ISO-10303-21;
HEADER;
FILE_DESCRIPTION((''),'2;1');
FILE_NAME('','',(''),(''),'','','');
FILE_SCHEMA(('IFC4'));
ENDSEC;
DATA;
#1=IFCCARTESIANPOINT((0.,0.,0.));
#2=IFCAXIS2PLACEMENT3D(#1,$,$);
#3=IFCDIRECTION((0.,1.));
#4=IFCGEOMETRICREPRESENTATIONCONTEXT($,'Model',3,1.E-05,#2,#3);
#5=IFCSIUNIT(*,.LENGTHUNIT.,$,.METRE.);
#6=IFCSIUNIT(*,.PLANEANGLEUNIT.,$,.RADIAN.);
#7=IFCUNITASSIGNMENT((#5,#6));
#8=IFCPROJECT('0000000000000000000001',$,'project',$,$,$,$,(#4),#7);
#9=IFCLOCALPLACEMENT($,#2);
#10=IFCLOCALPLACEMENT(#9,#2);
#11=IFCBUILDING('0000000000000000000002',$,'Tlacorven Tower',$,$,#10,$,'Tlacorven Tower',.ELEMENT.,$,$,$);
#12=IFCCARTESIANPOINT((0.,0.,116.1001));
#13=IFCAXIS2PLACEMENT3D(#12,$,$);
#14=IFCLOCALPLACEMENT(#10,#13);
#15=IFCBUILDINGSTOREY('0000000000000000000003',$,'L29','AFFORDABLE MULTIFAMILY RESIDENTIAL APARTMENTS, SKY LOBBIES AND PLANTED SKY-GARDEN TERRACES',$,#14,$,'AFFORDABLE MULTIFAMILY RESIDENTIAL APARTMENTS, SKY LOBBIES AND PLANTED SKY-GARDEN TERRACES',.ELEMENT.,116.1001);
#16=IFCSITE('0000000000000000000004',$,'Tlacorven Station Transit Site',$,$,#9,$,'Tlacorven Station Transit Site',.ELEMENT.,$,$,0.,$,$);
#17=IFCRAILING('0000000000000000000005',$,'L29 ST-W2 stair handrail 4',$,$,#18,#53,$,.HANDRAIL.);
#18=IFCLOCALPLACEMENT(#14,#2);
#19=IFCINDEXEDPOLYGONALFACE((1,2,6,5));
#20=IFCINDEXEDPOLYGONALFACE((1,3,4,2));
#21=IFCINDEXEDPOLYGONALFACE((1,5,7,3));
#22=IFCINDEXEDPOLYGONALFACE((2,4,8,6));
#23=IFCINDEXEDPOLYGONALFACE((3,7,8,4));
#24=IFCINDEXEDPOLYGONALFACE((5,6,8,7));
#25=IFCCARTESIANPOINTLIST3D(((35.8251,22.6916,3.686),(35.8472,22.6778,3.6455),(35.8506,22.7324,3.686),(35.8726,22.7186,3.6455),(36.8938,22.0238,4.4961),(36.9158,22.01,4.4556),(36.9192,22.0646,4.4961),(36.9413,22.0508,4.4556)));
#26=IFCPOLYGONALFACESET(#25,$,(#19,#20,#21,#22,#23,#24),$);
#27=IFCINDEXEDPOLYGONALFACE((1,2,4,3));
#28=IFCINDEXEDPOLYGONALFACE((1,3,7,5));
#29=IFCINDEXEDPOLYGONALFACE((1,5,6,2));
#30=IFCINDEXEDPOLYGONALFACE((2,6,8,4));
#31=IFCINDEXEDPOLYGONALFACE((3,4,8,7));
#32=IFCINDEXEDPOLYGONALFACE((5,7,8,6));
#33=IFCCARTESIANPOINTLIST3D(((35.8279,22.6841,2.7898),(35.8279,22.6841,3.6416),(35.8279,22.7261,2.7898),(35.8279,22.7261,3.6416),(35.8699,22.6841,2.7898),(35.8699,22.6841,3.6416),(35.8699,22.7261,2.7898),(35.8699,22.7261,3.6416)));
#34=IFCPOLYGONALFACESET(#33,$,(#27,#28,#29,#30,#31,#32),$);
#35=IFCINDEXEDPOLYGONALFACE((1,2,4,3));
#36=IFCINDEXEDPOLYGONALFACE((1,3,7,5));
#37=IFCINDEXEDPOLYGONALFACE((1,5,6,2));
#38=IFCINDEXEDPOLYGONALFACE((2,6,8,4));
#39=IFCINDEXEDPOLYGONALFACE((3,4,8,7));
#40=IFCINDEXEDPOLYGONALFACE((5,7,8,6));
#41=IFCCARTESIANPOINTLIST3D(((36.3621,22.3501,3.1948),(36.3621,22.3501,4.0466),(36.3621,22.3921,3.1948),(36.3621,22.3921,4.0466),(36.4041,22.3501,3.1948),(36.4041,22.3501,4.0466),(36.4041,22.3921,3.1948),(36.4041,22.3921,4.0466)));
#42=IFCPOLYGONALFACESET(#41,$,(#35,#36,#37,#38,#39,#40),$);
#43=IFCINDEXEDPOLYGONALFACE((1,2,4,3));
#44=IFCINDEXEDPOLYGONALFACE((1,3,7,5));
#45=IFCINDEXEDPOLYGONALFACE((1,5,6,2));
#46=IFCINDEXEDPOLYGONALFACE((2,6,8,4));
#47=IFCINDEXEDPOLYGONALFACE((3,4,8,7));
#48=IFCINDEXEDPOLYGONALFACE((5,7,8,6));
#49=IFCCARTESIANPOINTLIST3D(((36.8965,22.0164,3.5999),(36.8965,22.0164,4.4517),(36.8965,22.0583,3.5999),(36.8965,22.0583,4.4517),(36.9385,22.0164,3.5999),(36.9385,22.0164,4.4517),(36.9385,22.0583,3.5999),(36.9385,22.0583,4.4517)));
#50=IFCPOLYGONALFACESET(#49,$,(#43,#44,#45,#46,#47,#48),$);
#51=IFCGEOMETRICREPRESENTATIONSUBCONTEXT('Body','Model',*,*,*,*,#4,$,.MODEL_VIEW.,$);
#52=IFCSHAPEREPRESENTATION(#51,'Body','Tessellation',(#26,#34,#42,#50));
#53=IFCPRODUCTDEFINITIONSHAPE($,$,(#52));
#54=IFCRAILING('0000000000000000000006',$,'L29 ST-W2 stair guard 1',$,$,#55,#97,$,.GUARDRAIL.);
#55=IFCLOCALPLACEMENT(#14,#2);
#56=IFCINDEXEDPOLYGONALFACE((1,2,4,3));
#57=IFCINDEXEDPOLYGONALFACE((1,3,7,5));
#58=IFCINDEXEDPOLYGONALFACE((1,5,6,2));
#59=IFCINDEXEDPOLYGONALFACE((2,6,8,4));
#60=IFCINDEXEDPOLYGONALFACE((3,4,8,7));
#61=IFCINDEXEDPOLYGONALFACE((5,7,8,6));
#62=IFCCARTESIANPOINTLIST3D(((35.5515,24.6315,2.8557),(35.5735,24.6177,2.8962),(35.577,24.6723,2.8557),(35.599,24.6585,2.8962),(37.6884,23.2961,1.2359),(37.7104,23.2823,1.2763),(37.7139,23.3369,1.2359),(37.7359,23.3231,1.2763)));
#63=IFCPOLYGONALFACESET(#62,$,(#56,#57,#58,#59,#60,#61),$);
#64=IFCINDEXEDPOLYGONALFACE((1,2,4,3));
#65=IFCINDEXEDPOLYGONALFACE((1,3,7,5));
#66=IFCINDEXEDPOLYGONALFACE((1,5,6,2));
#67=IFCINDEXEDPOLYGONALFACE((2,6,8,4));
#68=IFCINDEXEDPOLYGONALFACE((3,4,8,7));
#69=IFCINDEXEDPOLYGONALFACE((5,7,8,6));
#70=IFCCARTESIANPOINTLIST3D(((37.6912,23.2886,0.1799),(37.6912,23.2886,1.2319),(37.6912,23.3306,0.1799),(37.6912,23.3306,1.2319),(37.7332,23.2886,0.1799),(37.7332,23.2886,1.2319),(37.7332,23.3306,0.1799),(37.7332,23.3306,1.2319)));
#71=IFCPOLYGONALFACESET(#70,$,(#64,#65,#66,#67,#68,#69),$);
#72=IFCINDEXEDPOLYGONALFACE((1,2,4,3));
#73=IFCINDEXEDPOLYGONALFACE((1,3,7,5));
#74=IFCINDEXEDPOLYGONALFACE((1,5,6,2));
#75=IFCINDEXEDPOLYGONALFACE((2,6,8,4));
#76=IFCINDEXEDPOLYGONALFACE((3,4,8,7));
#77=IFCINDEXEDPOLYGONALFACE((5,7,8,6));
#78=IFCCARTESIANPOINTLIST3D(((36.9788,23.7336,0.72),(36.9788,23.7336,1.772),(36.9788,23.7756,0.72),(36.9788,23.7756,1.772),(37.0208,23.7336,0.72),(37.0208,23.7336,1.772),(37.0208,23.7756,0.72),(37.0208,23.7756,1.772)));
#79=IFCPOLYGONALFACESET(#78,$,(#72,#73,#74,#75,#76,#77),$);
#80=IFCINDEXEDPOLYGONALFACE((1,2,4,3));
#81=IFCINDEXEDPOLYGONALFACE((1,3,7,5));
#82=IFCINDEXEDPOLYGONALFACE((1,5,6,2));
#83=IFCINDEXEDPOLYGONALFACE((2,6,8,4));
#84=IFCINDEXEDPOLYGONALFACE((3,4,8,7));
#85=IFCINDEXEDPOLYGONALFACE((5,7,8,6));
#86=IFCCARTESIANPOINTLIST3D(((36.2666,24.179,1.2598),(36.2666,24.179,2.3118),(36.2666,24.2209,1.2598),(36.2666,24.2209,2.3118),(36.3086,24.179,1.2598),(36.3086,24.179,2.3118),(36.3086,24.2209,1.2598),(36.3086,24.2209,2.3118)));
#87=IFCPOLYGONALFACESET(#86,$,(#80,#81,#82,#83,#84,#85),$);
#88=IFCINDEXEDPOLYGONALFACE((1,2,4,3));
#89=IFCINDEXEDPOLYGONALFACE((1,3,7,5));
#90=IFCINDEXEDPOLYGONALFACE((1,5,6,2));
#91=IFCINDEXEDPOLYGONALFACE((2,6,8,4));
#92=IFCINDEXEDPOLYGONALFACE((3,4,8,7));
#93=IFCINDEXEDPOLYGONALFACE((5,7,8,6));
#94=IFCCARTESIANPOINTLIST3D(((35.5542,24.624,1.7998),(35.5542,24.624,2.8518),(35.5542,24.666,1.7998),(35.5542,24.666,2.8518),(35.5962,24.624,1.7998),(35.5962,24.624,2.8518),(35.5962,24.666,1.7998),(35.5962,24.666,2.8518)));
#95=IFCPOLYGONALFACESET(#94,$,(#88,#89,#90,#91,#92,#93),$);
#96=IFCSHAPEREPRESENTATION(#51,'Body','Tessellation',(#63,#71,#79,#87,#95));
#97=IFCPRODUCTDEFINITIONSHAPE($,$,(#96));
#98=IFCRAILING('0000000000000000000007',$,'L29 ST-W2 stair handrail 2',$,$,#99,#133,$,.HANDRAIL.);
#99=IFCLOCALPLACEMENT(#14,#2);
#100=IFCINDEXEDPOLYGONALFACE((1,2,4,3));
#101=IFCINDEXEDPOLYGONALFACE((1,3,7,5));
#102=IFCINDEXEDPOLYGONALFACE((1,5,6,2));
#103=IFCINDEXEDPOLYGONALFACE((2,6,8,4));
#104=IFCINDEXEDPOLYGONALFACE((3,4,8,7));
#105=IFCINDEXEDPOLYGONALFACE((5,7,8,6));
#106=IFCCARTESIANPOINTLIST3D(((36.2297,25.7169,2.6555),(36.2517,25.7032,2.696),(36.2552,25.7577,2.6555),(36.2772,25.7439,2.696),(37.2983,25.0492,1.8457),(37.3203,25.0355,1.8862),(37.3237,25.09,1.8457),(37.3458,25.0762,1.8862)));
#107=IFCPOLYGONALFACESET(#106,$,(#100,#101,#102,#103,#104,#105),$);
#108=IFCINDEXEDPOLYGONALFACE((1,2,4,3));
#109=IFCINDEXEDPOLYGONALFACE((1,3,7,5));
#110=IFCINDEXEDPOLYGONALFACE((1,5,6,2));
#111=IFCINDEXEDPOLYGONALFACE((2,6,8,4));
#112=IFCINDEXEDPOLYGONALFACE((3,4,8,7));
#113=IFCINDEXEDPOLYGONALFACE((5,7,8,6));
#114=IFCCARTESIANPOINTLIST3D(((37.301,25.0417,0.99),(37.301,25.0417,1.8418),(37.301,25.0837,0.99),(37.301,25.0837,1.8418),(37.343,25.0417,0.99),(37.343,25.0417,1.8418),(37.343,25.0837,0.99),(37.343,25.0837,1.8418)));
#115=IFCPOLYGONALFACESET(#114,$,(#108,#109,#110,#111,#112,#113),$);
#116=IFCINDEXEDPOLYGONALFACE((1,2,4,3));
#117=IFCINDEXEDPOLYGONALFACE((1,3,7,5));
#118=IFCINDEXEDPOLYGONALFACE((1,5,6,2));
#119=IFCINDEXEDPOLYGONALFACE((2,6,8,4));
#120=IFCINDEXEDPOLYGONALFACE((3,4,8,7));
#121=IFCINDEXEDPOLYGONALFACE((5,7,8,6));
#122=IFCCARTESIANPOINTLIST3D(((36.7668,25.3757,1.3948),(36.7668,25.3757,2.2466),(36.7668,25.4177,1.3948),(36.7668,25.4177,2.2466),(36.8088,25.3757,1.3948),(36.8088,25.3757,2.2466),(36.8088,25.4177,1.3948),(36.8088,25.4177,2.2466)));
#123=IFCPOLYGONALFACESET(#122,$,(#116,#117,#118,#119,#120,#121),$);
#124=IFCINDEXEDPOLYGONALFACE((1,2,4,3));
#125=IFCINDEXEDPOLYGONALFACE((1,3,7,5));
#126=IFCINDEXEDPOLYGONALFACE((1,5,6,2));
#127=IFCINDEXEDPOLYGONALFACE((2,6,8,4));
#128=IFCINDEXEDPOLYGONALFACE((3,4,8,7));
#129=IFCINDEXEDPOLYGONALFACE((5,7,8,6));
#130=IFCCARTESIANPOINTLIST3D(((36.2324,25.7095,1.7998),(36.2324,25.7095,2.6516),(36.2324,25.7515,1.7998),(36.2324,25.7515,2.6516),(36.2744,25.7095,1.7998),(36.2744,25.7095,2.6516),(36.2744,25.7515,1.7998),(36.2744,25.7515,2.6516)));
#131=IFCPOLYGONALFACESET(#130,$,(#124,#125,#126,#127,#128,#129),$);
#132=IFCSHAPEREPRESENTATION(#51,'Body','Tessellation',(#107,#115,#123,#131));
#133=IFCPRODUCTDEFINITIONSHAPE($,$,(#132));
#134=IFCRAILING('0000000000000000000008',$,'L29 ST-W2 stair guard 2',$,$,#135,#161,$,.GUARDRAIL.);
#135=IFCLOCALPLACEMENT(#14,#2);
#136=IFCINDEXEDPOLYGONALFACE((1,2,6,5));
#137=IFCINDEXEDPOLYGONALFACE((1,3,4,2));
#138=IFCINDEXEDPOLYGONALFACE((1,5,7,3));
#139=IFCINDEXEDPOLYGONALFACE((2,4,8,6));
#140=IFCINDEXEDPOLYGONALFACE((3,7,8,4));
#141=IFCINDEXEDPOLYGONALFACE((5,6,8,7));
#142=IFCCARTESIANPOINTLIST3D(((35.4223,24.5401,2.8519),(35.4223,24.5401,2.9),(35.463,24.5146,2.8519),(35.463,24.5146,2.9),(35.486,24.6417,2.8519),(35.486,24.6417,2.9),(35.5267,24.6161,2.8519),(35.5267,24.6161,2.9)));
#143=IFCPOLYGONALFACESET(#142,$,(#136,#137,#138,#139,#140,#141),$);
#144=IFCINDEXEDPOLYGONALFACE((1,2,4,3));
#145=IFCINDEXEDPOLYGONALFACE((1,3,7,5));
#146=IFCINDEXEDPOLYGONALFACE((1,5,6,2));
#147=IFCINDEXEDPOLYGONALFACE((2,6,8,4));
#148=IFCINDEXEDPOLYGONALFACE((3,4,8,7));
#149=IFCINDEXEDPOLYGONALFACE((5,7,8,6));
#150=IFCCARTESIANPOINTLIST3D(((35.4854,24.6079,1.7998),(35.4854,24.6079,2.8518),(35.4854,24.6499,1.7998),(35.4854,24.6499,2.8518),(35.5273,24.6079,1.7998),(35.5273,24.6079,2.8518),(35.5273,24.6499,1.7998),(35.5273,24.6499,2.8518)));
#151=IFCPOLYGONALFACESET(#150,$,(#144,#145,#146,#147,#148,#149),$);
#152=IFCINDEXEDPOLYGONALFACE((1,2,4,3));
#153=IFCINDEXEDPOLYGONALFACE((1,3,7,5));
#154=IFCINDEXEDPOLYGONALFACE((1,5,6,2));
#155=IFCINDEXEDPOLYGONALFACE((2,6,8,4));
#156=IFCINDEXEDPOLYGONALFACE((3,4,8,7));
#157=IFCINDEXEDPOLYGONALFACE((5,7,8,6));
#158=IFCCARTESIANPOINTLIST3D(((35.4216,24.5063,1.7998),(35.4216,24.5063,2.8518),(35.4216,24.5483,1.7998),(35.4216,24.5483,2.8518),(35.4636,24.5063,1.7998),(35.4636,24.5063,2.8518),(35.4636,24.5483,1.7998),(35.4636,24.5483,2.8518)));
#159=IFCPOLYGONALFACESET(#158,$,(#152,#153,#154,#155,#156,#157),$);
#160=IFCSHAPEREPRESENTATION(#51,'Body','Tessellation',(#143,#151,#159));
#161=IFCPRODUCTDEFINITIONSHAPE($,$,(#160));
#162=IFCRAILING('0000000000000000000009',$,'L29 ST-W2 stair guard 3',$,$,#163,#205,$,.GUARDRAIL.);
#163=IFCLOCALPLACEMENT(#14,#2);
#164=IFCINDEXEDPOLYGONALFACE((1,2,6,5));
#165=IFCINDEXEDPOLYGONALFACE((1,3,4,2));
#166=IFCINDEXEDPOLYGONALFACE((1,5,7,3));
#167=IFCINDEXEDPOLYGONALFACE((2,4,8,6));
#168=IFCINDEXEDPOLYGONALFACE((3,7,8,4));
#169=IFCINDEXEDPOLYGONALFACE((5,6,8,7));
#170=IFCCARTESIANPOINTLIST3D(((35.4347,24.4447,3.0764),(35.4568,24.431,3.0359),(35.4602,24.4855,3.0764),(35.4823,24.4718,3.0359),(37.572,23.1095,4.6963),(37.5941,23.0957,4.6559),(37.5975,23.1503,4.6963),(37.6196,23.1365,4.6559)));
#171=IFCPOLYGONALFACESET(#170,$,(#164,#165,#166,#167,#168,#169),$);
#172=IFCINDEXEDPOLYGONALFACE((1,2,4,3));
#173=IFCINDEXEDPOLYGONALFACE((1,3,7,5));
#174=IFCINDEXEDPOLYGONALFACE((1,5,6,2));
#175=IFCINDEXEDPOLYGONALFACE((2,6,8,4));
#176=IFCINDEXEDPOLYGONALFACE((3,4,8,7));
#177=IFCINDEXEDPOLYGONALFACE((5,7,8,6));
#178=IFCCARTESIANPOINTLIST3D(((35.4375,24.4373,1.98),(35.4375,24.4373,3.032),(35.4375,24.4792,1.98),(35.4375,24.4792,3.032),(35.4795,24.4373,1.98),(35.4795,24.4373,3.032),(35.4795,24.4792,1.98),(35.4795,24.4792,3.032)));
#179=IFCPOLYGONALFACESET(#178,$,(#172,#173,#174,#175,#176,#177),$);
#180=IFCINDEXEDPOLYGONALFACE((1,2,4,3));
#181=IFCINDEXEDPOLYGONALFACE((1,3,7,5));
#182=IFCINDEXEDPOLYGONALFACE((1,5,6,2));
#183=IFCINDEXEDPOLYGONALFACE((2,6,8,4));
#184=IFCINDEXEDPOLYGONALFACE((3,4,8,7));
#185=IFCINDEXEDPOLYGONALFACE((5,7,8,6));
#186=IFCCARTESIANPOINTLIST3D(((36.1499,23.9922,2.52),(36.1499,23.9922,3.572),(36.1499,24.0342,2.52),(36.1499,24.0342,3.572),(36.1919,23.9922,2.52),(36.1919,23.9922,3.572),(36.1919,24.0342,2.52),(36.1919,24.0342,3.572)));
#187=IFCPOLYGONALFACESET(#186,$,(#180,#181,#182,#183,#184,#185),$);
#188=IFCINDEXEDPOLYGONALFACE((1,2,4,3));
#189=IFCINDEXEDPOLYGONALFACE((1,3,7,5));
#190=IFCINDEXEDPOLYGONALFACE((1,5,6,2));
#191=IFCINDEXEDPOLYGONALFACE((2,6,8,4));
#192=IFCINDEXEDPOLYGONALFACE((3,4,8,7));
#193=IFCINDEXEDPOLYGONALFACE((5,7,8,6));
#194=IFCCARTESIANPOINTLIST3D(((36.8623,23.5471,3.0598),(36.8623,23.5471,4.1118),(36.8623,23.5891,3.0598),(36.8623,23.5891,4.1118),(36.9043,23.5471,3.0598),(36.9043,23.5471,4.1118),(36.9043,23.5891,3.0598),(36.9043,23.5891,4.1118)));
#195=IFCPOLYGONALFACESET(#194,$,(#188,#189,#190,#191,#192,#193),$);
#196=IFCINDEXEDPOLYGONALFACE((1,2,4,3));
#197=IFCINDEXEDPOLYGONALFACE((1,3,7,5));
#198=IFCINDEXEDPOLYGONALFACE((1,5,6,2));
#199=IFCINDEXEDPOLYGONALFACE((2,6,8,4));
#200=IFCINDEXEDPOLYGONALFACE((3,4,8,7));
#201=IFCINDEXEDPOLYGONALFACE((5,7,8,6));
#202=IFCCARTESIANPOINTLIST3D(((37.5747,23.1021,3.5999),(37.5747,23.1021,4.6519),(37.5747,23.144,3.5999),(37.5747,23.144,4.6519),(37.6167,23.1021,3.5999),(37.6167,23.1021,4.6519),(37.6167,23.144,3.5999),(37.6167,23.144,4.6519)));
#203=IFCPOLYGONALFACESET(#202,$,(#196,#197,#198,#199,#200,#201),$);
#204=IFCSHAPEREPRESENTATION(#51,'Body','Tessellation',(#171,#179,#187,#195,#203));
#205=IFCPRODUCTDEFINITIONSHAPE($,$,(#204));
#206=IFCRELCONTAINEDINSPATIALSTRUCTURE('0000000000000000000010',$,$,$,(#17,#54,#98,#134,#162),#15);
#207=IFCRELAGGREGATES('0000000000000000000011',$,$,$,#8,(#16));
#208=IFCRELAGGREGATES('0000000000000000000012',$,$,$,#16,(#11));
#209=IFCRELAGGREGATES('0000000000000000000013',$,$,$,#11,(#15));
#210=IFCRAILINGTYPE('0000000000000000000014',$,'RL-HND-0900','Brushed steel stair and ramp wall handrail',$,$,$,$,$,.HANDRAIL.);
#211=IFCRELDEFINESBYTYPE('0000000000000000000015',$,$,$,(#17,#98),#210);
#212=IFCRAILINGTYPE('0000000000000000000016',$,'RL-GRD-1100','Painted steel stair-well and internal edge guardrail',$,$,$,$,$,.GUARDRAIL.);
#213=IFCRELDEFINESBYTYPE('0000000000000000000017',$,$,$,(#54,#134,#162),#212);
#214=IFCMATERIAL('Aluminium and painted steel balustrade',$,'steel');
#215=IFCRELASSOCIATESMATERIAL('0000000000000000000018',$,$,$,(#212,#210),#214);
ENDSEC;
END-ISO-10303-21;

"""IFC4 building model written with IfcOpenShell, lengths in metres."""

from ifc_helpers import new_model, si_unit, direction, frame, origin, origin_2d, place, context, subcontext, project, spatial, rectangle, extrude, source, transform, mapped, material, type_object, element, save


model = new_model("IFC4")

# Units and contexts
model_context = context("Model", 3, precision=1e-05, world=origin(), true_north=direction((0.0, 1.0)))
body_context = subcontext(model_context, "Body", "Model", "MODEL_VIEW")
ifc_project = project(units=[si_unit("LENGTHUNIT", "METRE"), si_unit("PLANEANGLEUNIT", "RADIAN")], contexts=[model_context])

# Site, building, storey
site_placement = place(None, origin())
site = spatial("IfcSite", under=ifc_project, at=site_placement, Name="Tlacorven Station Transit Site", LongName="Tlacorven Station Transit Site", CompositionType="ELEMENT", RefElevation=0.0)
building_placement = place(site_placement, origin())
building = spatial("IfcBuilding", under=site, at=building_placement, Name="Tlacorven Tower", LongName="Tlacorven Tower", CompositionType="ELEMENT")
storey_placement = place(building_placement, frame((0.0, 0.0, 116.1001)))
storey = spatial("IfcBuildingStorey", under=building, at=storey_placement, Name="L29", Description="AFFORDABLE MULTIFAMILY RESIDENTIAL APARTMENTS, SKY LOBBIES AND PLANTED SKY-GARDEN TERRACES", LongName="AFFORDABLE MULTIFAMILY RESIDENTIAL APARTMENTS, SKY LOBBIES AND PLANTED SKY-GARDEN TERRACES", CompositionType="ELEMENT", Elevation=116.1001)

# Railings
ifc_material_1 = material(Name="Aluminium and painted steel balustrade", Category="steel")
railing_type_1 = type_object("IfcRailingType", Name="RL-GRD-1100", Description="Painted steel stair-well and internal edge guardrail", PredefinedType="GUARDRAIL", material=ifc_material_1)
railing_type_2 = type_object("IfcRailingType", Name="RL-HND-0900", Description="Brushed steel stair and ramp wall handrail", PredefinedType="HANDRAIL", material=ifc_material_1)
shared_shape_1 = source(origin(), body_context, "Body", "SweptSolid", [
    extrude(rectangle(XDim=0.0481, YDim=0.0481, at=origin_2d()), frame((0.0, 0.0, 0.876), z_axis=(0.71336, -0.445748, 0.540765), x_axis=(0.529912, 0.848053, 0.0)), (0.0, 0.0, 1.0), 1.498),
    extrude(rectangle(XDim=0.042, YDim=0.042, at=origin_2d()), origin(), (0.0, 0.0, 1.0), 0.8518),
    extrude(rectangle(XDim=0.042, YDim=0.042, at=origin_2d()), frame((0.5342, -0.334, 0.405)), (0.0, 0.0, 1.0), 0.8518),
    extrude(rectangle(XDim=0.042, YDim=0.042, at=origin_2d()), frame((1.0686, -0.6677, 0.8101)), (0.0, 0.0, 1.0), 0.8518),
])
railing_1_placement = place(storey_placement, frame((35.8489, 22.7051, 2.7898)))
element("IfcRailing", 1, at=railing_1_placement, inside=storey, type_object=railing_type_2, Name="L29 ST-W2 stair handrail 4", PredefinedType="HANDRAIL", context=body_context, shape_type="MappedRepresentation", body=[
    mapped(shared_shape_1, transform((0.0, 0.0, 0.0), scale=1.0)),
])
shared_shape_2 = source(origin(), body_context, "Body", "SweptSolid", [
    extrude(rectangle(XDim=0.0481, YDim=0.0481, at=origin_2d()), frame((0.0, 0.0, 1.0762), z_axis=(-0.713351, 0.445794, 0.540739), x_axis=(-0.529955, -0.848026, 0.0)), (0.0, 0.0, 1.0), 2.9956),
    extrude(rectangle(XDim=0.042, YDim=0.042, at=origin_2d()), origin(), (0.0, 0.0, 1.0), 1.052),
    extrude(rectangle(XDim=0.042, YDim=0.042, at=origin_2d()), frame((-0.7124, 0.4451, 0.54)), (0.0, 0.0, 1.0), 1.052),
    extrude(rectangle(XDim=0.042, YDim=0.042, at=origin_2d()), frame((-1.4246, 0.8904, 1.0798)), (0.0, 0.0, 1.0), 1.052),
    extrude(rectangle(XDim=0.042, YDim=0.042, at=origin_2d()), frame((-2.137, 1.3354, 1.6199)), (0.0, 0.0, 1.0), 1.052),
])
railing_2_placement = place(storey_placement, frame((37.7122, 23.3096, 0.1799)))
element("IfcRailing", 2, at=railing_2_placement, inside=storey, type_object=railing_type_1, Name="L29 ST-W2 stair guard 1", PredefinedType="GUARDRAIL", context=body_context, shape_type="MappedRepresentation", body=[
    mapped(shared_shape_2, transform((0.0, 0.0, 0.0), scale=1.0)),
])
shared_shape_3 = source(origin(), body_context, "Body", "SweptSolid", [
    extrude(rectangle(XDim=0.0481, YDim=0.0481, at=origin_2d()), frame((0.0, 0.0, 0.876), z_axis=(-0.713423, 0.445787, 0.540649), x_axis=(-0.529912, -0.848053, 0.0)), (0.0, 0.0, 1.0), 1.4978),
    extrude(rectangle(XDim=0.042, YDim=0.042, at=origin_2d()), origin(), (0.0, 0.0, 1.0), 0.8518),
    extrude(rectangle(XDim=0.042, YDim=0.042, at=origin_2d()), frame((-0.5342, 0.334, 0.4048)), (0.0, 0.0, 1.0), 0.8518),
    extrude(rectangle(XDim=0.042, YDim=0.042, at=origin_2d()), frame((-1.0686, 0.6677, 0.8098)), (0.0, 0.0, 1.0), 0.8518),
])
railing_3_placement = place(storey_placement, frame((37.322, 25.0627, 0.99)))
element("IfcRailing", 3, at=railing_3_placement, inside=storey, type_object=railing_type_2, Name="L29 ST-W2 stair handrail 2", PredefinedType="HANDRAIL", context=body_context, shape_type="MappedRepresentation", body=[
    mapped(shared_shape_3, transform((0.0, 0.0, 0.0), scale=1.0)),
])
shared_shape_4 = source(origin(), body_context, "Body", "SweptSolid", [
    extrude(rectangle(XDim=0.0481, YDim=0.0481, at=origin_2d()), frame((0.0, 0.0, 1.0762), z_axis=(-0.531462, -0.847082, 0.0), x_axis=(0.847082, -0.531462, 0.0)), (0.0, 0.0, 1.0), 0.1199),
    extrude(rectangle(XDim=0.042, YDim=0.042, at=origin_2d()), origin(), (0.0, 0.0, 1.0), 1.052),
    extrude(rectangle(XDim=0.042, YDim=0.042, at=origin_2d()), frame((-0.0637, -0.1016, 0.0)), (0.0, 0.0, 1.0), 1.052),
])
railing_4_placement = place(storey_placement, frame((35.5063, 24.6289, 1.7998)))
element("IfcRailing", 4, at=railing_4_placement, inside=storey, type_object=railing_type_1, Name="L29 ST-W2 stair guard 2", PredefinedType="GUARDRAIL", context=body_context, shape_type="MappedRepresentation", body=[
    mapped(shared_shape_4, transform((0.0, 0.0, 0.0), scale=1.0)),
])
shared_shape_5 = source(origin(), body_context, "Body", "SweptSolid", [
    extrude(rectangle(XDim=0.0481, YDim=0.0481, at=origin_2d()), frame((0.0, 0.0, 1.0762), z_axis=(0.713417, -0.445702, 0.540727), x_axis=(0.529842, 0.848096, 0.0)), (0.0, 0.0, 1.0), 2.9958),
    extrude(rectangle(XDim=0.042, YDim=0.042, at=origin_2d()), origin(), (0.0, 0.0, 1.0), 1.052),
    extrude(rectangle(XDim=0.042, YDim=0.042, at=origin_2d()), frame((0.7124, -0.4451, 0.54)), (0.0, 0.0, 1.0), 1.052),
    extrude(rectangle(XDim=0.042, YDim=0.042, at=origin_2d()), frame((1.4248, -0.8901, 1.0798)), (0.0, 0.0, 1.0), 1.052),
    extrude(rectangle(XDim=0.042, YDim=0.042, at=origin_2d()), frame((2.1372, -1.3352, 1.6199)), (0.0, 0.0, 1.0), 1.052),
])
railing_5_placement = place(storey_placement, frame((35.4585, 24.4583, 1.98)))
element("IfcRailing", 5, at=railing_5_placement, inside=storey, type_object=railing_type_1, Name="L29 ST-W2 stair guard 3", PredefinedType="GUARDRAIL", context=body_context, shape_type="MappedRepresentation", body=[
    mapped(shared_shape_5, transform((0.0, 0.0, 0.0), scale=1.0)),
])

save(model, "model.ifc")
